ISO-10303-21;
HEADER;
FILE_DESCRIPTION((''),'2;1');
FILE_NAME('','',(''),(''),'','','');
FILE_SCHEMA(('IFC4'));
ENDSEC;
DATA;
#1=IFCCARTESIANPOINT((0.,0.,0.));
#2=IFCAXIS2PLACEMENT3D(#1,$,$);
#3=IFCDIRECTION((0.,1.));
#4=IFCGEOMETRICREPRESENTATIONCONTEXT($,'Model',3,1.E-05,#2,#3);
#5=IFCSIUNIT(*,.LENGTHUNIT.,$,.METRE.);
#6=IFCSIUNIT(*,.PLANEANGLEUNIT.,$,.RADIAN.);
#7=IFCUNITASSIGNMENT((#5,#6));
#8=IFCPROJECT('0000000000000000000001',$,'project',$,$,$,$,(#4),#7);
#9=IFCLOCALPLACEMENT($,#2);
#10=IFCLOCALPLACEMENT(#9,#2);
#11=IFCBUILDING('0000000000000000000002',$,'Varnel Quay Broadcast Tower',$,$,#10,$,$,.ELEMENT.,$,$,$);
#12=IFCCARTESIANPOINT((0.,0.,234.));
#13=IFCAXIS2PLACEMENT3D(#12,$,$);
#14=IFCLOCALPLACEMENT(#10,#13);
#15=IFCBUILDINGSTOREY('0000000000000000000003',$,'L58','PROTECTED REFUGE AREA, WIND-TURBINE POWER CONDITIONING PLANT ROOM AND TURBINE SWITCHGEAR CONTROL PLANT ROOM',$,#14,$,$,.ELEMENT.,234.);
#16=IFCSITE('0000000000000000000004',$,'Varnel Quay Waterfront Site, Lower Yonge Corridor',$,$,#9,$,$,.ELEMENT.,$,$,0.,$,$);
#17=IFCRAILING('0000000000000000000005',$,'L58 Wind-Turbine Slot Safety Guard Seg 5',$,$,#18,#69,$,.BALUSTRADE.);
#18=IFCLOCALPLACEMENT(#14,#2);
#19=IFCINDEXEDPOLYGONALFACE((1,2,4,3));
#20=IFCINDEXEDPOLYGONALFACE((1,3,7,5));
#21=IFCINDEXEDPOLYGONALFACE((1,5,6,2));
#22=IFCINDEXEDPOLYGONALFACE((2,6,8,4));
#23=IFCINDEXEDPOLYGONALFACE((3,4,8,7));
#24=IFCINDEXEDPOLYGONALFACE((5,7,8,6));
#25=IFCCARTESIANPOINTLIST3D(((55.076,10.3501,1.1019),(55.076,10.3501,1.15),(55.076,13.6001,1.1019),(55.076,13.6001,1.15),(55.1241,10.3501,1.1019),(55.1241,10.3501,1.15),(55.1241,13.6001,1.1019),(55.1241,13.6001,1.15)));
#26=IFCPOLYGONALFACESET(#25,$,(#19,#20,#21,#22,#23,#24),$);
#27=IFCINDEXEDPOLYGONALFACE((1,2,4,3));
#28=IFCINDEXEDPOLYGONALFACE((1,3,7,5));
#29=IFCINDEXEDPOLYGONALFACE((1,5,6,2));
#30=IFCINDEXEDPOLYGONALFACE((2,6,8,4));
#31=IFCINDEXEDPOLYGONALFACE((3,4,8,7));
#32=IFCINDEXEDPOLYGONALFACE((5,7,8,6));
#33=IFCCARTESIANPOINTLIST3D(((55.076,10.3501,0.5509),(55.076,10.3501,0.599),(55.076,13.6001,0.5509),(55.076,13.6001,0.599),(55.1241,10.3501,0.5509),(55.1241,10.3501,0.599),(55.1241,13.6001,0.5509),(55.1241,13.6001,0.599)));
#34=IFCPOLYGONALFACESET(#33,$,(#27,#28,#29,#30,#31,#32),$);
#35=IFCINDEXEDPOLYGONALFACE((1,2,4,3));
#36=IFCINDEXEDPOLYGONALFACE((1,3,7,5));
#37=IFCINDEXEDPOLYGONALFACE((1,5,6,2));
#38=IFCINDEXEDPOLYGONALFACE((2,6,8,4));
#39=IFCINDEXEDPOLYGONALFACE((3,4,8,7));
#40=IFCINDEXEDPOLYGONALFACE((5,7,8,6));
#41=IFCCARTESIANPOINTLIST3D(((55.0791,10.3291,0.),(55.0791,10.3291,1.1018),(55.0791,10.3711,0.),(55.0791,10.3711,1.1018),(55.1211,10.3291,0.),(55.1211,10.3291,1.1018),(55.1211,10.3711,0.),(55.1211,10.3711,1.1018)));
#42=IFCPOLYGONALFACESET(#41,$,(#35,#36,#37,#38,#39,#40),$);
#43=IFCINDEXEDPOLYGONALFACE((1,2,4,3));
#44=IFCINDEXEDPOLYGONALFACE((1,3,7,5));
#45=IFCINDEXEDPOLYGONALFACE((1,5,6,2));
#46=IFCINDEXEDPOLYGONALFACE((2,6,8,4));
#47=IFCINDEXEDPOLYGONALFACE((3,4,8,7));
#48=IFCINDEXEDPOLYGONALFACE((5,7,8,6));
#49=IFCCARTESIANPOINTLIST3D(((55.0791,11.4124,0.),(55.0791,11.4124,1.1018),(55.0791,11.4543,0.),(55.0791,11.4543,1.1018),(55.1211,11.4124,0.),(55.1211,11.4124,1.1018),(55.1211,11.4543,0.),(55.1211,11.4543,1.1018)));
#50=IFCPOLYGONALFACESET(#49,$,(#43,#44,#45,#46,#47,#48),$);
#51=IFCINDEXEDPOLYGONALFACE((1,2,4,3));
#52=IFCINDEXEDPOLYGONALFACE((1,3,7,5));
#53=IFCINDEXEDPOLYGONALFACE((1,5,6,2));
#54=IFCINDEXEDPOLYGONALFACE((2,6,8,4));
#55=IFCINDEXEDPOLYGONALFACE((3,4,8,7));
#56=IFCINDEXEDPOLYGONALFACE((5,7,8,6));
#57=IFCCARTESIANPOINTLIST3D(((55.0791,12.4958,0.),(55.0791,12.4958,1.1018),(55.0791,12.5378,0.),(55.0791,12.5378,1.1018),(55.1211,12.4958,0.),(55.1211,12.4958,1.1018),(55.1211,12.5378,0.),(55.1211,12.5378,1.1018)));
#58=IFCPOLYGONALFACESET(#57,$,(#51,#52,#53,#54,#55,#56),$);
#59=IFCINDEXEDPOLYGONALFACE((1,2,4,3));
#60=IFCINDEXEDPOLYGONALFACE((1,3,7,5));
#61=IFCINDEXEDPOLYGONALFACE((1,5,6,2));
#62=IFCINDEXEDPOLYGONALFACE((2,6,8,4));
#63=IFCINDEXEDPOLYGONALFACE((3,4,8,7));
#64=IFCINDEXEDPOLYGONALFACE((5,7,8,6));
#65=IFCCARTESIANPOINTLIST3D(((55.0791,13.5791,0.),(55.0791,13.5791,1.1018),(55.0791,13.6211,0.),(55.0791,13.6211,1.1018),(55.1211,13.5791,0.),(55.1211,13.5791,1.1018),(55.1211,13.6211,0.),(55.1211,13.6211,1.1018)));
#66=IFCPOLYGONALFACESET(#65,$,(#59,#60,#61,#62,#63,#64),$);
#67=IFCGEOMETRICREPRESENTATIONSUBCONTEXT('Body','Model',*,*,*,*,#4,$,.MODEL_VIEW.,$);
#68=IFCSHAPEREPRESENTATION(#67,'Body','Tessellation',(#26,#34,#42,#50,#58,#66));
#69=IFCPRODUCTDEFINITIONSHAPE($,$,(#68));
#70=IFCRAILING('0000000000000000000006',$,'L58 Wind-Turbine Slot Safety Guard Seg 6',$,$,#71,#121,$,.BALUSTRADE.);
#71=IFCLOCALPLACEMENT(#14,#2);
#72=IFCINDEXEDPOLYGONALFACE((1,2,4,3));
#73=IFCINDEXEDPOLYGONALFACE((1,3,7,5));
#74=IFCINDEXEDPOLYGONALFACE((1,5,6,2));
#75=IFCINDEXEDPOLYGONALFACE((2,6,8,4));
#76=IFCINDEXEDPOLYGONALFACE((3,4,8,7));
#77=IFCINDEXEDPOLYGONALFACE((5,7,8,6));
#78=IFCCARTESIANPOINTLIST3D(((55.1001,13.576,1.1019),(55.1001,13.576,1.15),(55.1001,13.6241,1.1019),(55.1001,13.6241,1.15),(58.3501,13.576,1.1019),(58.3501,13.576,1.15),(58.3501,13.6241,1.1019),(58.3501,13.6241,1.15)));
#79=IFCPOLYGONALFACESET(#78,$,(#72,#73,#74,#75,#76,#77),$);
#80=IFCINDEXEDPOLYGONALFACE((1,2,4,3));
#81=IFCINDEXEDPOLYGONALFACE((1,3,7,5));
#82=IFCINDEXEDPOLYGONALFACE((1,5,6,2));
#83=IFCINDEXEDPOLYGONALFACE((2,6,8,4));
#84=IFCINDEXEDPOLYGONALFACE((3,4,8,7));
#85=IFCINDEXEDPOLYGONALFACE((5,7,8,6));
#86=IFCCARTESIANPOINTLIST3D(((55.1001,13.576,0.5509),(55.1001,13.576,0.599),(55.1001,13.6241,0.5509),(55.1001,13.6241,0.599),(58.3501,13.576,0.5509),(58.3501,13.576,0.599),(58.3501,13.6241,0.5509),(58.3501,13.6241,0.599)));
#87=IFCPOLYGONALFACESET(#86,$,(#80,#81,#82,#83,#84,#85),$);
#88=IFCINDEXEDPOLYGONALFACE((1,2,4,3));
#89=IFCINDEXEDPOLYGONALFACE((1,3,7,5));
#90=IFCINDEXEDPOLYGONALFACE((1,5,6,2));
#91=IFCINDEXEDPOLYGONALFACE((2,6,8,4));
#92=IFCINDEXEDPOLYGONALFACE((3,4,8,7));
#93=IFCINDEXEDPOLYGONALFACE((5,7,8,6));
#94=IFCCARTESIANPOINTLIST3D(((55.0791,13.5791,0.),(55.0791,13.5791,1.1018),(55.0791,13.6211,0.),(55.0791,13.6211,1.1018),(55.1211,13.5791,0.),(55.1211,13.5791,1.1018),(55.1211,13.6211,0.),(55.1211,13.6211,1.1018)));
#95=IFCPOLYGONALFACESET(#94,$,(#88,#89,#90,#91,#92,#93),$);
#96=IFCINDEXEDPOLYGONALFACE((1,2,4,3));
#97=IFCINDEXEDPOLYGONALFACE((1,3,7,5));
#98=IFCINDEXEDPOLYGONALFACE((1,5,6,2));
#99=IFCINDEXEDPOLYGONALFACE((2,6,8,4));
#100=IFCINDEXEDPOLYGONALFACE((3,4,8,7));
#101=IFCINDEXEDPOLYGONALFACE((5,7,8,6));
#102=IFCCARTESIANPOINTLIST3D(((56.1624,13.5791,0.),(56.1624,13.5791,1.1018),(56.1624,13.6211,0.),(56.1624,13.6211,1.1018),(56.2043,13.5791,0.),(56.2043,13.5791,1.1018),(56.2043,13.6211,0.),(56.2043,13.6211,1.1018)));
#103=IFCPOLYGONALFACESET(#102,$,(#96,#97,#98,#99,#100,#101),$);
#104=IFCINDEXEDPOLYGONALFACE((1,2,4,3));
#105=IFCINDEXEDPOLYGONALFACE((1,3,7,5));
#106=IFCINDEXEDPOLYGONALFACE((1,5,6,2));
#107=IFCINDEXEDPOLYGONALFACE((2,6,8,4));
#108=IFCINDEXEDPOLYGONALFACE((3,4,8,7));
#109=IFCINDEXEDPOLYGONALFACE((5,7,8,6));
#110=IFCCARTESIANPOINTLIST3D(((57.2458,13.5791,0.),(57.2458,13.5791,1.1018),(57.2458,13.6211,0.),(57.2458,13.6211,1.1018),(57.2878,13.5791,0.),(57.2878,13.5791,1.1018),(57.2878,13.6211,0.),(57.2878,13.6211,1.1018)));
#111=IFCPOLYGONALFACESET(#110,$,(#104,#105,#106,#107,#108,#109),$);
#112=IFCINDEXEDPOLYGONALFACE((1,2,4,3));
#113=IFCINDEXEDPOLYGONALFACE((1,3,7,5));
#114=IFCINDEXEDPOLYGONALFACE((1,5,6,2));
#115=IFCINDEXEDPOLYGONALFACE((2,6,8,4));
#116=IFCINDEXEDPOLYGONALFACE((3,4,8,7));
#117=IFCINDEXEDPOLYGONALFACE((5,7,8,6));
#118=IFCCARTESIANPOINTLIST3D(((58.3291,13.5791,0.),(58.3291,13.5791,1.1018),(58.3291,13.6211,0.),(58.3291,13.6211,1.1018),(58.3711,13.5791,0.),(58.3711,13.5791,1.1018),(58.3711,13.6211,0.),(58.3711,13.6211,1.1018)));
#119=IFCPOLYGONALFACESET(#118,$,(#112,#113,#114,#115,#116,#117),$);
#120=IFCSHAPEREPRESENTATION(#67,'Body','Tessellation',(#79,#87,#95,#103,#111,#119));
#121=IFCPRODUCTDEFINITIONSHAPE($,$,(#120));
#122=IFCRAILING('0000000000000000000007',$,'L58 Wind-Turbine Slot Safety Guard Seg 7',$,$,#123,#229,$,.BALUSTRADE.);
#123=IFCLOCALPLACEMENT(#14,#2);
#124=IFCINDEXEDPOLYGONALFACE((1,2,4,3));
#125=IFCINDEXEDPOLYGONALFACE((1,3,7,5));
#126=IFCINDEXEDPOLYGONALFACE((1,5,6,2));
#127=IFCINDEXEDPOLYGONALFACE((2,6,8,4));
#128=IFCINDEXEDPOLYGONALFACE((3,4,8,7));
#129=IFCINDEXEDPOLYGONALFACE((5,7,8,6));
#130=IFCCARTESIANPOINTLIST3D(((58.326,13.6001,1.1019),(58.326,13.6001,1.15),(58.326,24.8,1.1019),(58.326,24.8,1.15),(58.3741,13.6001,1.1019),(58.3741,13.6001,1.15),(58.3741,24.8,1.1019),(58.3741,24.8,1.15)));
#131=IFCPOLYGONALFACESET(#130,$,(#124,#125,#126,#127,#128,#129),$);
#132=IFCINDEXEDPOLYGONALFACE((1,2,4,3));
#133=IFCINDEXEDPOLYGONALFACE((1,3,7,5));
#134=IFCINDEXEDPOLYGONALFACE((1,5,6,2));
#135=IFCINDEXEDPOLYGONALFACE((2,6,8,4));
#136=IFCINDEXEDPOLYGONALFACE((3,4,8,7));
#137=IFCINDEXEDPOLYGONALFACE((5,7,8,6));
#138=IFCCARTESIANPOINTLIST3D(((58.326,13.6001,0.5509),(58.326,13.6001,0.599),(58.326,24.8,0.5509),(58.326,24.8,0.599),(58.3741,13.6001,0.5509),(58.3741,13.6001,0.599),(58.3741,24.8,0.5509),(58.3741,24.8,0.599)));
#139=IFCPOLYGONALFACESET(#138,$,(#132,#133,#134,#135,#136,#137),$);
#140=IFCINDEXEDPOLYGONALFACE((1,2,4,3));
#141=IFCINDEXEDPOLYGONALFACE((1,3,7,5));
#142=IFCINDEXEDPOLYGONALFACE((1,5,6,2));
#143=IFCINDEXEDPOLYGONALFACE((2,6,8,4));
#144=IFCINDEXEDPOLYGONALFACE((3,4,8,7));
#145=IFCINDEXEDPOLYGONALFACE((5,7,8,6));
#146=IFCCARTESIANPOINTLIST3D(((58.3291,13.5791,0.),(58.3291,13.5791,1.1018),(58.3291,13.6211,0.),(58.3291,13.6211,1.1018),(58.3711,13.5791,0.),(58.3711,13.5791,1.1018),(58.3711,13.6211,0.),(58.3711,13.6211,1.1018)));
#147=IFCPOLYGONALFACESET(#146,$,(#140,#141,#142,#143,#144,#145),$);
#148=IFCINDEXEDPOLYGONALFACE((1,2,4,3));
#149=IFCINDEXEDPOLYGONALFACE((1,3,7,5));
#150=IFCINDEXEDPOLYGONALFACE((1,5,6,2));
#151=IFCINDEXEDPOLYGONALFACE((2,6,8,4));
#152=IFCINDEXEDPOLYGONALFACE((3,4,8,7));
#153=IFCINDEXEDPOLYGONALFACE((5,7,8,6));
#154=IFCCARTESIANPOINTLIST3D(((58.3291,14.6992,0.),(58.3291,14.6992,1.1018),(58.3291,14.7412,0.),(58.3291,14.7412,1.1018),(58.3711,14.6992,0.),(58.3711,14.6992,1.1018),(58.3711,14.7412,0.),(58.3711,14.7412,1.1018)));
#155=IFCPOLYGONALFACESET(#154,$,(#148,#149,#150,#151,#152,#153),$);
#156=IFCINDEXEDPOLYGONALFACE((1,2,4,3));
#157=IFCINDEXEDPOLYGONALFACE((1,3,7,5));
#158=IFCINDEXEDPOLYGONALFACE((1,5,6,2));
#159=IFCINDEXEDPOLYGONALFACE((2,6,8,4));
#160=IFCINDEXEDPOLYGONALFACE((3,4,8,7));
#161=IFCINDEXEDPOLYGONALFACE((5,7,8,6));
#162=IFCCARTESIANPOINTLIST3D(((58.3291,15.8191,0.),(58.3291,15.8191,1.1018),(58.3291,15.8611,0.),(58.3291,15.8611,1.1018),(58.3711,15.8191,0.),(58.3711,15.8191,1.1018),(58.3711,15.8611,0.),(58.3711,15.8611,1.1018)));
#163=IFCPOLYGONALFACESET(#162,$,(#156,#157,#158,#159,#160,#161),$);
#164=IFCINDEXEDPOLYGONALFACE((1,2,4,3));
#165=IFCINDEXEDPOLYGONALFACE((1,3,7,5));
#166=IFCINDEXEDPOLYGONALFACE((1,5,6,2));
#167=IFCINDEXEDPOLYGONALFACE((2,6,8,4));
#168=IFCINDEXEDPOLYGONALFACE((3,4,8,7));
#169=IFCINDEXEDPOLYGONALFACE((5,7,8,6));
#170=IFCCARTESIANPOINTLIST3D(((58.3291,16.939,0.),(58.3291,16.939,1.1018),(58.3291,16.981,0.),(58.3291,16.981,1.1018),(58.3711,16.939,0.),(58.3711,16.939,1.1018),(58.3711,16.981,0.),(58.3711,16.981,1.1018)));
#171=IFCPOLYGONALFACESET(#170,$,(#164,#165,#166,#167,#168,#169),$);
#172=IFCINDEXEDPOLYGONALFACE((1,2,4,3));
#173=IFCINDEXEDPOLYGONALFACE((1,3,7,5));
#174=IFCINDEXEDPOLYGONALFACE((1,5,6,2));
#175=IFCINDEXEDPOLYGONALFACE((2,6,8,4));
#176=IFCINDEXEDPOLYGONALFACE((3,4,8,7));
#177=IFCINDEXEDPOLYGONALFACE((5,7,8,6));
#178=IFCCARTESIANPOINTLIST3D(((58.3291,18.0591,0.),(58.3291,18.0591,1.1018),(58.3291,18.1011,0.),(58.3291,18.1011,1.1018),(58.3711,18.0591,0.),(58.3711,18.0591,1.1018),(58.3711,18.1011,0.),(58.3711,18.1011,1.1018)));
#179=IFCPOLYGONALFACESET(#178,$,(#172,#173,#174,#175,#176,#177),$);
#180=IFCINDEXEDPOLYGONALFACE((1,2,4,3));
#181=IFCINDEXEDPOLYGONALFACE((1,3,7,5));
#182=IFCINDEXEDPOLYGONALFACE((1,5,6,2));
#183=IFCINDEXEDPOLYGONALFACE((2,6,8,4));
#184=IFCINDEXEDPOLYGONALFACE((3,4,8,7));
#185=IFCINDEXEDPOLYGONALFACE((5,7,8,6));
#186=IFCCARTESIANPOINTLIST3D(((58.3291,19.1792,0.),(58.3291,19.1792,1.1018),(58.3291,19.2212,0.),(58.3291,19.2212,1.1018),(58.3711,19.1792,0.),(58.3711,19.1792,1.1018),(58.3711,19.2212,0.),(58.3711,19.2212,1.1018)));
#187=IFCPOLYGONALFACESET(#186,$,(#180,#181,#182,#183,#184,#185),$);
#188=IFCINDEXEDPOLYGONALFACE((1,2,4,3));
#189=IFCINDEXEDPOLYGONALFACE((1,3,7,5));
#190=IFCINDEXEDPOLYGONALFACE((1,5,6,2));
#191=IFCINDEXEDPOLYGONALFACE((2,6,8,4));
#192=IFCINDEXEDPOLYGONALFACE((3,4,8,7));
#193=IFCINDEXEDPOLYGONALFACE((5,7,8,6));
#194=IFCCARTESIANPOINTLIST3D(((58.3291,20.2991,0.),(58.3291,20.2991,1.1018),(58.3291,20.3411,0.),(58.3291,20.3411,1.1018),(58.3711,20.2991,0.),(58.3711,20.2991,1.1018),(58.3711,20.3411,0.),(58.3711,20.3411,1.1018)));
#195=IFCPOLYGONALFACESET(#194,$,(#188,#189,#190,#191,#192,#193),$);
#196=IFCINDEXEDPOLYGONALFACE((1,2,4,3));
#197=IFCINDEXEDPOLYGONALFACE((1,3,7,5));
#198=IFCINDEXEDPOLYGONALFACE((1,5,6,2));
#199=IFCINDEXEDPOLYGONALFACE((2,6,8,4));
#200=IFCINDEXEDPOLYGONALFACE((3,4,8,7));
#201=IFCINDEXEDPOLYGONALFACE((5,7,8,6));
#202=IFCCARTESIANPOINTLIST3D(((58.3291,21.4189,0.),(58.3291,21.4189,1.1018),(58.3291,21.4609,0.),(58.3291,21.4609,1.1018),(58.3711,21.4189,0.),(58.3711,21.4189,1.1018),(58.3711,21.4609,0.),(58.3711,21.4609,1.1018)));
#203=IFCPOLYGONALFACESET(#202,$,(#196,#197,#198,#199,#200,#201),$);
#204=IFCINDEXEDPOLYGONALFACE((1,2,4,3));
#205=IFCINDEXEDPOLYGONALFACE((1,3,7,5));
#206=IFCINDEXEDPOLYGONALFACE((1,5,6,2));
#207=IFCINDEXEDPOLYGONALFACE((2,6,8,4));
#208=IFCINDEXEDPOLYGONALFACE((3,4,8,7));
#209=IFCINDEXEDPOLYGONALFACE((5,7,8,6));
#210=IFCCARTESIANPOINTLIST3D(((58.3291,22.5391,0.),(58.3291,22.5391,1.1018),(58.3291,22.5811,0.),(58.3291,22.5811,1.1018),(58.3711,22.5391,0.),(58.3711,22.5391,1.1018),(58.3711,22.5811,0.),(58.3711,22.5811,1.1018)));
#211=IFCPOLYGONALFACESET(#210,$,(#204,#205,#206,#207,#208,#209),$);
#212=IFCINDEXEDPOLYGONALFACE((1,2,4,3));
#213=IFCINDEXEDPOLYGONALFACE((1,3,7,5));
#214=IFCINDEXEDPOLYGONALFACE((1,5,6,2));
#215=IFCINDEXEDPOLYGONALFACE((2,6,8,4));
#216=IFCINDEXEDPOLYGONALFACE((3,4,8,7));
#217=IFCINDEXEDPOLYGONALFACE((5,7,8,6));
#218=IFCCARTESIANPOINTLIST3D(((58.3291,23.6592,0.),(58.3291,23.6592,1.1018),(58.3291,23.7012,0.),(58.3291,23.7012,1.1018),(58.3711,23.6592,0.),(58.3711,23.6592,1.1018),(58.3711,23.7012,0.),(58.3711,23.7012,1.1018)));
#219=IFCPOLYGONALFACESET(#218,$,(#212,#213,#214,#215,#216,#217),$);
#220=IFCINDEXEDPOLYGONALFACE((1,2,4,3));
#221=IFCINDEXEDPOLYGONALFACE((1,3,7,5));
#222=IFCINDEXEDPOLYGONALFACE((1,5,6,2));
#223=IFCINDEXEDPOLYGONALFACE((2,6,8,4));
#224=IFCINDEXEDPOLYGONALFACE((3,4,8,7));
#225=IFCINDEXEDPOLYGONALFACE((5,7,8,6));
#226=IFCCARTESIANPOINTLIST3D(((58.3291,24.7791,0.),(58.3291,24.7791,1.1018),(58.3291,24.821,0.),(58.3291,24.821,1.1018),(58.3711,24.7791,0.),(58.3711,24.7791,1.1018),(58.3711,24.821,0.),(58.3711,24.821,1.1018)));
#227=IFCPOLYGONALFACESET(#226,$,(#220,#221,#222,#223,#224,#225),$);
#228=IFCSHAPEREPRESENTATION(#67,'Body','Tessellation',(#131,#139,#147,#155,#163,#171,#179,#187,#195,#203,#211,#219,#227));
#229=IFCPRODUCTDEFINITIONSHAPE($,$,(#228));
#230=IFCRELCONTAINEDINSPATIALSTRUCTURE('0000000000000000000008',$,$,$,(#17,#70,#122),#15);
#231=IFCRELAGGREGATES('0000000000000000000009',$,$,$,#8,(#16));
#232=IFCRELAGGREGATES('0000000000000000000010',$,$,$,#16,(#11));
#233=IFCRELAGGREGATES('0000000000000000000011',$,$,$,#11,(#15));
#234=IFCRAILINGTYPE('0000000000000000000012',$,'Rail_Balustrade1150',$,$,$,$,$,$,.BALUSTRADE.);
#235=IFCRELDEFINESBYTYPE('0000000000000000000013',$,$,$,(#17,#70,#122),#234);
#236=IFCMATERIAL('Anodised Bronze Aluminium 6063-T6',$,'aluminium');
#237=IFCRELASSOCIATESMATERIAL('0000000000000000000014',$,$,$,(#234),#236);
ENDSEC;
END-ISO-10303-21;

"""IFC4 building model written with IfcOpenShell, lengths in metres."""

from ifc_helpers import new_model, si_unit, direction, frame, origin, origin_2d, place, context, subcontext, project, spatial, rectangle, extrude, material, type_object, element, save


model = new_model("IFC4")

# Units and contexts
model_context = context("Model", 3, precision=1e-05, world=origin(), true_north=direction((0.0, 1.0)))
body_context = subcontext(model_context, "Body", "Model", "MODEL_VIEW")
ifc_project = project(units=[si_unit("LENGTHUNIT", "METRE"), si_unit("PLANEANGLEUNIT", "RADIAN")], contexts=[model_context])

# Site, building, storey
site_placement = place(None, origin())
site = spatial("IfcSite", under=ifc_project, at=site_placement, Name="Varnel Quay Waterfront Site, Lower Yonge Corridor", CompositionType="ELEMENT", RefElevation=0.0)
building_placement = place(site_placement, origin())
building = spatial("IfcBuilding", under=site, at=building_placement, Name="Varnel Quay Broadcast Tower", CompositionType="ELEMENT")
storey_placement = place(building_placement, frame((0.0, 0.0, 234.0)))
storey = spatial("IfcBuildingStorey", under=building, at=storey_placement, Name="L58", Description="PROTECTED REFUGE AREA, WIND-TURBINE POWER CONDITIONING PLANT ROOM AND TURBINE SWITCHGEAR CONTROL PLANT ROOM", CompositionType="ELEMENT", Elevation=234.0)

# Shared definitions
ifc_material_1 = material(Name="Anodised Bronze Aluminium 6063-T6", Category="aluminium")

# Railings
railing_type = type_object("IfcRailingType", Name="Rail_Balustrade1150", PredefinedType="BALUSTRADE", material=ifc_material_1)
railing_1_placement = place(storey_placement, frame((55.1001, 10.3501, 0.0)))
element("IfcRailing", 1, at=railing_1_placement, inside=storey, type_object=railing_type, Name="L58 Wind-Turbine Slot Safety Guard Seg 5", PredefinedType="BALUSTRADE", context=body_context, shape_type="SweptSolid", body=[
    extrude(rectangle(XDim=0.0481, YDim=0.0481, at=origin_2d()), frame((0.0, 0.0, 1.126), z_axis=(0.0, 1.0, 0.0), x_axis=(-1.0, 0.0, 0.0)), (0.0, 0.0, 1.0), 3.25),
    extrude(rectangle(XDim=0.0481, YDim=0.0481, at=origin_2d()), frame((0.0, 0.0, 0.575), z_axis=(0.0, 1.0, 0.0), x_axis=(-1.0, 0.0, 0.0)), (0.0, 0.0, 1.0), 3.25),
    extrude(rectangle(XDim=0.042, YDim=0.042, at=origin_2d()), origin(), (0.0, 0.0, 1.0), 1.1018),
    extrude(rectangle(XDim=0.042, YDim=0.042, at=origin_2d()), frame((0.0, 1.0833, 0.0)), (0.0, 0.0, 1.0), 1.1018),
    extrude(rectangle(XDim=0.042, YDim=0.042, at=origin_2d()), frame((0.0, 2.1667, 0.0)), (0.0, 0.0, 1.0), 1.1018),
    extrude(rectangle(XDim=0.042, YDim=0.042, at=origin_2d()), frame((0.0, 3.25, 0.0)), (0.0, 0.0, 1.0), 1.1018),
])
railing_2_placement = place(storey_placement, frame((55.1001, 13.6001, 0.0)))
element("IfcRailing", 2, at=railing_2_placement, inside=storey, type_object=railing_type, Name="L58 Wind-Turbine Slot Safety Guard Seg 6", PredefinedType="BALUSTRADE", context=body_context, shape_type="SweptSolid", body=[
    extrude(rectangle(XDim=0.0481, YDim=0.0481, at=origin_2d()), frame((0.0, 0.0, 1.126), z_axis=(1.0, 0.0, 0.0), x_axis=(0.0, 1.0, 0.0)), (0.0, 0.0, 1.0), 3.25),
    extrude(rectangle(XDim=0.0481, YDim=0.0481, at=origin_2d()), frame((0.0, 0.0, 0.575), z_axis=(1.0, 0.0, 0.0), x_axis=(0.0, 1.0, 0.0)), (0.0, 0.0, 1.0), 3.25),
    extrude(rectangle(XDim=0.042, YDim=0.042, at=origin_2d()), origin(), (0.0, 0.0, 1.0), 1.1018),
    extrude(rectangle(XDim=0.042, YDim=0.042, at=origin_2d()), frame((1.0833, 0.0, 0.0)), (0.0, 0.0, 1.0), 1.1018),
    extrude(rectangle(XDim=0.042, YDim=0.042, at=origin_2d()), frame((2.1667, 0.0, 0.0)), (0.0, 0.0, 1.0), 1.1018),
    extrude(rectangle(XDim=0.042, YDim=0.042, at=origin_2d()), frame((3.25, 0.0, 0.0)), (0.0, 0.0, 1.0), 1.1018),
])
railing_3_placement = place(storey_placement, frame((58.3501, 13.6001, 0.0)))
element("IfcRailing", 3, at=railing_3_placement, inside=storey, type_object=railing_type, Name="L58 Wind-Turbine Slot Safety Guard Seg 7", PredefinedType="BALUSTRADE", context=body_context, shape_type="SweptSolid", body=[
    extrude(rectangle(XDim=0.0481, YDim=0.0481, at=origin_2d()), frame((0.0, 0.0, 1.126), z_axis=(0.0, 1.0, 0.0), x_axis=(-1.0, 0.0, 0.0)), (0.0, 0.0, 1.0), 11.2),
    extrude(rectangle(XDim=0.0481, YDim=0.0481, at=origin_2d()), frame((0.0, 0.0, 0.575), z_axis=(0.0, 1.0, 0.0), x_axis=(-1.0, 0.0, 0.0)), (0.0, 0.0, 1.0), 11.2),
    extrude(rectangle(XDim=0.042, YDim=0.042, at=origin_2d()), origin(), (0.0, 0.0, 1.0), 1.1018),
    extrude(rectangle(XDim=0.042, YDim=0.042, at=origin_2d()), frame((0.0, 1.1201, 0.0)), (0.0, 0.0, 1.0), 1.1018),
    extrude(rectangle(XDim=0.042, YDim=0.042, at=origin_2d()), frame((0.0, 2.24, 0.0)), (0.0, 0.0, 1.0), 1.1018),
    extrude(rectangle(XDim=0.042, YDim=0.042, at=origin_2d()), frame((0.0, 3.3599, 0.0)), (0.0, 0.0, 1.0), 1.1018),
    extrude(rectangle(XDim=0.042, YDim=0.042, at=origin_2d()), frame((0.0, 4.48, 0.0)), (0.0, 0.0, 1.0), 1.1018),
    extrude(rectangle(XDim=0.042, YDim=0.042, at=origin_2d()), frame((0.0, 5.6001, 0.0)), (0.0, 0.0, 1.0), 1.1018),
    extrude(rectangle(XDim=0.042, YDim=0.042, at=origin_2d()), frame((0.0, 6.72, 0.0)), (0.0, 0.0, 1.0), 1.1018),
    extrude(rectangle(XDim=0.042, YDim=0.042, at=origin_2d()), frame((0.0, 7.8398, 0.0)), (0.0, 0.0, 1.0), 1.1018),
    extrude(rectangle(XDim=0.042, YDim=0.042, at=origin_2d()), frame((0.0, 8.96, 0.0)), (0.0, 0.0, 1.0), 1.1018),
    extrude(rectangle(XDim=0.042, YDim=0.042, at=origin_2d()), frame((0.0, 10.0801, 0.0)), (0.0, 0.0, 1.0), 1.1018),
    extrude(rectangle(XDim=0.042, YDim=0.042, at=origin_2d()), frame((0.0, 11.2, 0.0)), (0.0, 0.0, 1.0), 1.1018),
])

save(model, "model.ifc")
